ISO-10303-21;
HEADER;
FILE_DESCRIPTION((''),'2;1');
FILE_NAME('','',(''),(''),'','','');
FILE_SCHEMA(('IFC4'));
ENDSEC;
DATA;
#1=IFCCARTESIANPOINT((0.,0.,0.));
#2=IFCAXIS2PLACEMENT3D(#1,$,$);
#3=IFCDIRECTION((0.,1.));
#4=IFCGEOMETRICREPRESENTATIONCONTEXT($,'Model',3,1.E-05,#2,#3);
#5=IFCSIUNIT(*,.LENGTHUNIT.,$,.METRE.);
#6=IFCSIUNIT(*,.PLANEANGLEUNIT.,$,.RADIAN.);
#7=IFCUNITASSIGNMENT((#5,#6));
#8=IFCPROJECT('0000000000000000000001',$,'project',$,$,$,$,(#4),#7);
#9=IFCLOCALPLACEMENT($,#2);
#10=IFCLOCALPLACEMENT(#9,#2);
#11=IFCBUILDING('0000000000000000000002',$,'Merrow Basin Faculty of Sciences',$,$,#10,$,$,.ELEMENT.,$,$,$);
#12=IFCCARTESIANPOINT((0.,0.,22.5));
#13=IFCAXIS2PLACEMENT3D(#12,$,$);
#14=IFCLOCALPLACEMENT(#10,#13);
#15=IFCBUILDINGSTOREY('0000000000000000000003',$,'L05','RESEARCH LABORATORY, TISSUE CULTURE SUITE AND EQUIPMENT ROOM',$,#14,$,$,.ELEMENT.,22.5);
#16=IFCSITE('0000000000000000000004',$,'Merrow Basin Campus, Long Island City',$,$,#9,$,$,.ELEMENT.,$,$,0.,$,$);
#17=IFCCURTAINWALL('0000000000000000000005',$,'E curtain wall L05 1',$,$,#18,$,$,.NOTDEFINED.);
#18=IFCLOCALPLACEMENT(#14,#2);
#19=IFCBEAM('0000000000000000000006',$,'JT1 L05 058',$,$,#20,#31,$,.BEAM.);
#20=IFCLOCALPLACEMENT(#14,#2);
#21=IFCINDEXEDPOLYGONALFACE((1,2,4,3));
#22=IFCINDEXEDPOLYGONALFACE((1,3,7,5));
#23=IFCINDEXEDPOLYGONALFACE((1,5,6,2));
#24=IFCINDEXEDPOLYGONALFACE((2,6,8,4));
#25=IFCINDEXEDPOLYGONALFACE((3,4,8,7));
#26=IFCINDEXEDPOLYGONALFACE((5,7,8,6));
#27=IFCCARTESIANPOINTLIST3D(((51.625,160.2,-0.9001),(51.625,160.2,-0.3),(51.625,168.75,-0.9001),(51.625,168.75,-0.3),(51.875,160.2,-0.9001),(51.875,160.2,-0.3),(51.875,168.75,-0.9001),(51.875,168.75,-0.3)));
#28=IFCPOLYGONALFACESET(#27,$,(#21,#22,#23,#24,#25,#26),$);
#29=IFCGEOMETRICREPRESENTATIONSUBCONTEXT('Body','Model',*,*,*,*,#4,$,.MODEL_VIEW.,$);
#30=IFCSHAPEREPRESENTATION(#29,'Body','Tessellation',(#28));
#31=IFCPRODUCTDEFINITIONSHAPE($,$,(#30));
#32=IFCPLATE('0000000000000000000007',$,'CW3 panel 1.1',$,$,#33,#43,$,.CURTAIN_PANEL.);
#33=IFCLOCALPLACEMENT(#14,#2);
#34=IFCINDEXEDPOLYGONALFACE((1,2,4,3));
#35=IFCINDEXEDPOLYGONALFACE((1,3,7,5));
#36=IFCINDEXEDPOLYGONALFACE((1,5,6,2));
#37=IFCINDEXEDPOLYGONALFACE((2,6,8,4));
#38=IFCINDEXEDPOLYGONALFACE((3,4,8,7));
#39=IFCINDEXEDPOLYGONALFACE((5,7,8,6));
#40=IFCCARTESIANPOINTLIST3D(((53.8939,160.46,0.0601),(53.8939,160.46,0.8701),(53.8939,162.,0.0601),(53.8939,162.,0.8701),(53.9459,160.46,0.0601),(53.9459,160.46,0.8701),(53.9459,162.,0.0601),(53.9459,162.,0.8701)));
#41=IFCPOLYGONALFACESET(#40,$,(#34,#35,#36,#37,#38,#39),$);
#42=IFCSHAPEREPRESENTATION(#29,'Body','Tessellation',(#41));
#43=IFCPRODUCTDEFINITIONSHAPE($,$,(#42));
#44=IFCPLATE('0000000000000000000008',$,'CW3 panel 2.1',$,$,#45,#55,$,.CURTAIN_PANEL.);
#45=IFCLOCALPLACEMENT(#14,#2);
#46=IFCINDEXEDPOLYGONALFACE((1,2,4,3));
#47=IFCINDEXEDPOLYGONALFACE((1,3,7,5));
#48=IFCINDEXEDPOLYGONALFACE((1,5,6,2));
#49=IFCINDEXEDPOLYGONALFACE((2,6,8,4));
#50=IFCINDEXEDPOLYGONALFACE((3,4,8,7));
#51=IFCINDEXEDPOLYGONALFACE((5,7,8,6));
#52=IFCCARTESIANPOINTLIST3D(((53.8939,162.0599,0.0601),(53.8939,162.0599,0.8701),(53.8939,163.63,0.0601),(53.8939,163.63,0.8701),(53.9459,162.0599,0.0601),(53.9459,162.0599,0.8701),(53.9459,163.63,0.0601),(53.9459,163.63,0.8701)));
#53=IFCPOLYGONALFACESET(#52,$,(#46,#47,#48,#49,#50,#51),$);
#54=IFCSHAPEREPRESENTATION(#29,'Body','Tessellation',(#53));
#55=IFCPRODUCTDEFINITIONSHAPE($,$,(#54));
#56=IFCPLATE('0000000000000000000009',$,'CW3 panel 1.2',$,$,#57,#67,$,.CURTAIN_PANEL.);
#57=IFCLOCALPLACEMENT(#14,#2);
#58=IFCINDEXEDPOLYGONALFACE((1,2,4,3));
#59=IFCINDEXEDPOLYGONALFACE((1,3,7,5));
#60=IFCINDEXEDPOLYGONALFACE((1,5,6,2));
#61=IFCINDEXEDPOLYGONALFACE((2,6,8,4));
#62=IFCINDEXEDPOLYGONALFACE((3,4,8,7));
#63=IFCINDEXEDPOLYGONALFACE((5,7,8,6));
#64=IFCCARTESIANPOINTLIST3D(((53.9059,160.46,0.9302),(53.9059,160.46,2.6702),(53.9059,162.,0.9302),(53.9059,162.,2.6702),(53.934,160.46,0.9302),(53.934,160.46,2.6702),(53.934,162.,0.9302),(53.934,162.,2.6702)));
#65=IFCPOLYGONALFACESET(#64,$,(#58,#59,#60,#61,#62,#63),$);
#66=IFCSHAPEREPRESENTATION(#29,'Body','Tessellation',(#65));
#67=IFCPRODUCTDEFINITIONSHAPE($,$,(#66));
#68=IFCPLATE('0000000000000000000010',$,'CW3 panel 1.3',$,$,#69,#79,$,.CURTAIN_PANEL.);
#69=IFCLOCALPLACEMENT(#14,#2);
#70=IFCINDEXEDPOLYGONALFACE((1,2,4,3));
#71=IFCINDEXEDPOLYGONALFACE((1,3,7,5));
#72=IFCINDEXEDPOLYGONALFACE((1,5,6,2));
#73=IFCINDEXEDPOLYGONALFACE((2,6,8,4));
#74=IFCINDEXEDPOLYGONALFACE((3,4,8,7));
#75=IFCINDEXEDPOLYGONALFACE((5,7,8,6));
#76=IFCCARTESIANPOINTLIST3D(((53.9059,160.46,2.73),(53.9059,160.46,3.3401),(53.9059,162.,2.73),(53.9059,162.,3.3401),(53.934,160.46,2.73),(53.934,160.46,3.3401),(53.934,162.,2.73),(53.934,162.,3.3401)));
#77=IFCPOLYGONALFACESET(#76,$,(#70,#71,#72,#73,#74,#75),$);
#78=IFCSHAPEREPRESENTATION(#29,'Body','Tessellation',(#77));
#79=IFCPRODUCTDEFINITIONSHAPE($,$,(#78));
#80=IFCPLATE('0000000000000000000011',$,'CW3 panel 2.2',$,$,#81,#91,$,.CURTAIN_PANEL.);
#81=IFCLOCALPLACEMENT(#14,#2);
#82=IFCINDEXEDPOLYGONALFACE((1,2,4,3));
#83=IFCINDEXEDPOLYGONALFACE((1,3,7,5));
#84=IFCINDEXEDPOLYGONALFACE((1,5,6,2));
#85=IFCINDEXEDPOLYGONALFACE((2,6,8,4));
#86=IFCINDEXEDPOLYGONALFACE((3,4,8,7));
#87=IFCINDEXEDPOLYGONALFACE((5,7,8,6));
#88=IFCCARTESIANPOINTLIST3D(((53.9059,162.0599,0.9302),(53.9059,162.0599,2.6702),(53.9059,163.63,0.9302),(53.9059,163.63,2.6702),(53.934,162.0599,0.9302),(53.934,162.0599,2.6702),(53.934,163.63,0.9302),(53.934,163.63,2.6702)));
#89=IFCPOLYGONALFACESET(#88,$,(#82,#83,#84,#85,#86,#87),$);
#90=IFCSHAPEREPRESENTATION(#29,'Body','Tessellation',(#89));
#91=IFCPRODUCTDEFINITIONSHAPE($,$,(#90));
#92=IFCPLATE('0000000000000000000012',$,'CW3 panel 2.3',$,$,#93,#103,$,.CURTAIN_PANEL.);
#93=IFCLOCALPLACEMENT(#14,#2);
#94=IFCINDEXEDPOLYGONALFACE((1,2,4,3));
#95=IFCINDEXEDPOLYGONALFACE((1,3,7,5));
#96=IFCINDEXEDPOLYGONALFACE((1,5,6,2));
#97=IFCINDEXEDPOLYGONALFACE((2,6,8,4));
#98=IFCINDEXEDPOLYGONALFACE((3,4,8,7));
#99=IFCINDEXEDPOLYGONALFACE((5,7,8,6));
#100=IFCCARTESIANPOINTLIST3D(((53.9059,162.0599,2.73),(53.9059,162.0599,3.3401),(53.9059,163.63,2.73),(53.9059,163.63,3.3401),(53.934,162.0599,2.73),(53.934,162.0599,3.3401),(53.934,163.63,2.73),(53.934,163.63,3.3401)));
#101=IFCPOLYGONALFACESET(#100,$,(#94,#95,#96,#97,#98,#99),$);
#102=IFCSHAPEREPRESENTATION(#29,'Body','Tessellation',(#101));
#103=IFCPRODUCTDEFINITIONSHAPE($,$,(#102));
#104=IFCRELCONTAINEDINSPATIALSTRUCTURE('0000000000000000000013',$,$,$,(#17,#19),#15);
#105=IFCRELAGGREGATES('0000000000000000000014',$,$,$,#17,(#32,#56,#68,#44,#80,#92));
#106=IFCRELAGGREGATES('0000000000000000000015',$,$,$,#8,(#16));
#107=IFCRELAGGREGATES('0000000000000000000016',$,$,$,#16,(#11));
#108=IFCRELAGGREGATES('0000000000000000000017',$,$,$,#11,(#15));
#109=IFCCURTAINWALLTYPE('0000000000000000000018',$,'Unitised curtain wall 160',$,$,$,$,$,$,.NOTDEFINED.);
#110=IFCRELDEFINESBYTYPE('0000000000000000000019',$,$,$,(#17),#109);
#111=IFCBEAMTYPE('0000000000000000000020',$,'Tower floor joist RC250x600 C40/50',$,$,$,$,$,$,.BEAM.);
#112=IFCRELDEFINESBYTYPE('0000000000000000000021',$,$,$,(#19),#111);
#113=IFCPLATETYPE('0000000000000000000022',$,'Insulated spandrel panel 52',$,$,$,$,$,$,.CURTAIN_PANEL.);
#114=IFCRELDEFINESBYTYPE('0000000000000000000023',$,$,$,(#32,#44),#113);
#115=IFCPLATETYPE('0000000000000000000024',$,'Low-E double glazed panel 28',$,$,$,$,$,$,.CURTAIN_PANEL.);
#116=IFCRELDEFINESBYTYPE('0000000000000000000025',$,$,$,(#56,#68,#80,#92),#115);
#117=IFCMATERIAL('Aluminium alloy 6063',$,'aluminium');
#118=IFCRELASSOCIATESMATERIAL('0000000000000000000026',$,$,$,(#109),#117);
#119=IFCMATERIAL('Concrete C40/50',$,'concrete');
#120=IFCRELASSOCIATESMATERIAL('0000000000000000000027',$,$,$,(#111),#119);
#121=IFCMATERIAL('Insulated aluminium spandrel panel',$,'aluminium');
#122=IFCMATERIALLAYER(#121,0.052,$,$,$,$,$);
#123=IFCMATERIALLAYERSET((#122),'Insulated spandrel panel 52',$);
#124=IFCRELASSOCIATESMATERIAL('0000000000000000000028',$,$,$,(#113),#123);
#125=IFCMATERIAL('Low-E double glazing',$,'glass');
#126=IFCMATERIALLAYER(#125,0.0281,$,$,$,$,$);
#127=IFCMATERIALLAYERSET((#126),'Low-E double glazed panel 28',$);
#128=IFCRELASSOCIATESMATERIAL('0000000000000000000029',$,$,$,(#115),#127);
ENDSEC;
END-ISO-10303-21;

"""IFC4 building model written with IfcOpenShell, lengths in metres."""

from ifc_helpers import new_model, si_unit, direction, frame, origin, origin_2d, place, context, subcontext, project, spatial, rectangle, extrude, material, layer, layer_set, material_profile, profile_set, type_object, element, aggregate, save


model = new_model("IFC4")

# Units and contexts
model_context = context("Model", 3, precision=1e-05, world=origin(), true_north=direction((0.0, 1.0)))
body_context = subcontext(model_context, "Body", "Model", "MODEL_VIEW")
ifc_project = project(units=[si_unit("LENGTHUNIT", "METRE"), si_unit("PLANEANGLEUNIT", "RADIAN")], contexts=[model_context])

# Site, building, storey
site_placement = place(None, origin())
site = spatial("IfcSite", under=ifc_project, at=site_placement, Name="Merrow Basin Campus, Long Island City", CompositionType="ELEMENT", RefElevation=0.0)
building_placement = place(site_placement, origin())
building = spatial("IfcBuilding", under=site, at=building_placement, Name="Merrow Basin Faculty of Sciences", CompositionType="ELEMENT")
storey_placement = place(building_placement, frame((0.0, 0.0, 22.5)))
storey = spatial("IfcBuildingStorey", under=building, at=storey_placement, Name="L05", Description="RESEARCH LABORATORY, TISSUE CULTURE SUITE AND EQUIPMENT ROOM", CompositionType="ELEMENT", Elevation=22.5)

# Curtain wall
ifc_material_1 = material(Name="Aluminium alloy 6063", Category="aluminium")
curtain_wall_type = type_object("IfcCurtainWallType", Name="Unitised curtain wall 160", PredefinedType="NOTDEFINED", material=ifc_material_1)
curtain_wall_placement = place(storey_placement, origin())
curtain_wall = element("IfcCurtainWall", 1, at=curtain_wall_placement, inside=storey, type_object=curtain_wall_type, Name="E curtain wall L05 1", PredefinedType="NOTDEFINED")

# Beam
ifc_material_2 = material(Name="Concrete C40/50", Category="concrete")
ifc_material_profile_1 = material_profile(ifc_material_2, rectangle(XDim=0.25, YDim=0.6001, at=origin_2d()))
ifc_profile_set_1 = profile_set([ifc_material_profile_1], Name="Concrete C40/50")
beam_type_1 = type_object("IfcBeamType", Name="Tower floor joist RC250x600 C40/50", PredefinedType="BEAM", material=ifc_profile_set_1)
for number, where, z_axis, x_axis, name in (
    (2, (51.75, 160.2, -0.6001), (0.0, 1.0, 0.0), (-1.0, 0.0, 0.0), "JT1 L05 058"),
):
    element("IfcBeam", number, at=place(storey_placement, frame(where, z_axis=z_axis, x_axis=x_axis)), inside=storey, type_object=beam_type_1, Name=name, PredefinedType="BEAM", context=body_context, shape_type="SweptSolid", body=[
        extrude(rectangle(XDim=0.25, YDim=0.6001, at=origin_2d()), origin(), (0.0, 0.0, 1.0), 8.55),
    ])

# Plates
ifc_material_3 = material(Name="Insulated aluminium spandrel panel", Category="aluminium")
ifc_layer_1 = layer(ifc_material_3, 0.052)
ifc_layer_set_1 = layer_set([ifc_layer_1], Name="Insulated spandrel panel 52")
plate_type_1 = type_object("IfcPlateType", Name="Insulated spandrel panel 52", PredefinedType="CURTAIN_PANEL", material=ifc_layer_set_1)
plate_1_placement = place(storey_placement, frame((53.9199, 161.23, 0.0601), z_axis=(0.0, 0.0, 1.0), x_axis=(0.0, 1.0, 0.0)))
plate_1 = element("IfcPlate", 3, at=plate_1_placement, type_object=plate_type_1, Name="CW3 panel 1.1", PredefinedType="CURTAIN_PANEL", context=body_context, shape_type="SweptSolid", body=[
    extrude(rectangle(XDim=1.54, YDim=0.052, at=origin_2d()), origin(), (0.0, 0.0, 1.0), 0.8101),
])
plate_2_placement = place(storey_placement, frame((53.9199, 162.845, 0.0601), z_axis=(0.0, 0.0, 1.0), x_axis=(0.0, 1.0, 0.0)))
plate_2 = element("IfcPlate", 4, at=plate_2_placement, type_object=plate_type_1, Name="CW3 panel 2.1", PredefinedType="CURTAIN_PANEL", context=body_context, shape_type="SweptSolid", body=[
    extrude(rectangle(XDim=1.5701, YDim=0.052, at=origin_2d()), origin(), (0.0, 0.0, 1.0), 0.8101),
])
ifc_material_4 = material(Name="Low-E double glazing", Category="glass")
ifc_layer_2 = layer(ifc_material_4, 0.0281)
ifc_layer_set_2 = layer_set([ifc_layer_2], Name="Low-E double glazed panel 28")
plate_type_2 = type_object("IfcPlateType", Name="Low-E double glazed panel 28", PredefinedType="CURTAIN_PANEL", material=ifc_layer_set_2)
plate_3_placement = place(storey_placement, frame((53.9199, 161.23, 0.9302), z_axis=(0.0, 0.0, 1.0), x_axis=(0.0, 1.0, 0.0)))
plate_3 = element("IfcPlate", 5, at=plate_3_placement, type_object=plate_type_2, Name="CW3 panel 1.2", PredefinedType="CURTAIN_PANEL", context=body_context, shape_type="SweptSolid", body=[
    extrude(rectangle(XDim=1.54, YDim=0.0281, at=origin_2d()), origin(), (0.0, 0.0, 1.0), 1.74),
])
plate_4_placement = place(storey_placement, frame((53.9199, 161.23, 2.73), z_axis=(0.0, 0.0, 1.0), x_axis=(0.0, 1.0, 0.0)))
plate_4 = element("IfcPlate", 6, at=plate_4_placement, type_object=plate_type_2, Name="CW3 panel 1.3", PredefinedType="CURTAIN_PANEL", context=body_context, shape_type="SweptSolid", body=[
    extrude(rectangle(XDim=1.54, YDim=0.0281, at=origin_2d()), origin(), (0.0, 0.0, 1.0), 0.6101),
])
plate_5_placement = place(storey_placement, frame((53.9199, 162.845, 0.9302), z_axis=(0.0, 0.0, 1.0), x_axis=(0.0, 1.0, 0.0)))
plate_5 = element("IfcPlate", 7, at=plate_5_placement, type_object=plate_type_2, Name="CW3 panel 2.2", PredefinedType="CURTAIN_PANEL", context=body_context, shape_type="SweptSolid", body=[
    extrude(rectangle(XDim=1.5701, YDim=0.0281, at=origin_2d()), origin(), (0.0, 0.0, 1.0), 1.74),
])
plate_6_placement = place(storey_placement, frame((53.9199, 162.845, 2.73), z_axis=(0.0, 0.0, 1.0), x_axis=(0.0, 1.0, 0.0)))
plate_6 = element("IfcPlate", 8, at=plate_6_placement, type_object=plate_type_2, Name="CW3 panel 2.3", PredefinedType="CURTAIN_PANEL", context=body_context, shape_type="SweptSolid", body=[
    extrude(rectangle(XDim=1.5701, YDim=0.0281, at=origin_2d()), origin(), (0.0, 0.0, 1.0), 0.6101),
])
aggregate(curtain_wall, [plate_1, plate_3, plate_4, plate_2, plate_5, plate_6])

save(model, "model.ifc")
